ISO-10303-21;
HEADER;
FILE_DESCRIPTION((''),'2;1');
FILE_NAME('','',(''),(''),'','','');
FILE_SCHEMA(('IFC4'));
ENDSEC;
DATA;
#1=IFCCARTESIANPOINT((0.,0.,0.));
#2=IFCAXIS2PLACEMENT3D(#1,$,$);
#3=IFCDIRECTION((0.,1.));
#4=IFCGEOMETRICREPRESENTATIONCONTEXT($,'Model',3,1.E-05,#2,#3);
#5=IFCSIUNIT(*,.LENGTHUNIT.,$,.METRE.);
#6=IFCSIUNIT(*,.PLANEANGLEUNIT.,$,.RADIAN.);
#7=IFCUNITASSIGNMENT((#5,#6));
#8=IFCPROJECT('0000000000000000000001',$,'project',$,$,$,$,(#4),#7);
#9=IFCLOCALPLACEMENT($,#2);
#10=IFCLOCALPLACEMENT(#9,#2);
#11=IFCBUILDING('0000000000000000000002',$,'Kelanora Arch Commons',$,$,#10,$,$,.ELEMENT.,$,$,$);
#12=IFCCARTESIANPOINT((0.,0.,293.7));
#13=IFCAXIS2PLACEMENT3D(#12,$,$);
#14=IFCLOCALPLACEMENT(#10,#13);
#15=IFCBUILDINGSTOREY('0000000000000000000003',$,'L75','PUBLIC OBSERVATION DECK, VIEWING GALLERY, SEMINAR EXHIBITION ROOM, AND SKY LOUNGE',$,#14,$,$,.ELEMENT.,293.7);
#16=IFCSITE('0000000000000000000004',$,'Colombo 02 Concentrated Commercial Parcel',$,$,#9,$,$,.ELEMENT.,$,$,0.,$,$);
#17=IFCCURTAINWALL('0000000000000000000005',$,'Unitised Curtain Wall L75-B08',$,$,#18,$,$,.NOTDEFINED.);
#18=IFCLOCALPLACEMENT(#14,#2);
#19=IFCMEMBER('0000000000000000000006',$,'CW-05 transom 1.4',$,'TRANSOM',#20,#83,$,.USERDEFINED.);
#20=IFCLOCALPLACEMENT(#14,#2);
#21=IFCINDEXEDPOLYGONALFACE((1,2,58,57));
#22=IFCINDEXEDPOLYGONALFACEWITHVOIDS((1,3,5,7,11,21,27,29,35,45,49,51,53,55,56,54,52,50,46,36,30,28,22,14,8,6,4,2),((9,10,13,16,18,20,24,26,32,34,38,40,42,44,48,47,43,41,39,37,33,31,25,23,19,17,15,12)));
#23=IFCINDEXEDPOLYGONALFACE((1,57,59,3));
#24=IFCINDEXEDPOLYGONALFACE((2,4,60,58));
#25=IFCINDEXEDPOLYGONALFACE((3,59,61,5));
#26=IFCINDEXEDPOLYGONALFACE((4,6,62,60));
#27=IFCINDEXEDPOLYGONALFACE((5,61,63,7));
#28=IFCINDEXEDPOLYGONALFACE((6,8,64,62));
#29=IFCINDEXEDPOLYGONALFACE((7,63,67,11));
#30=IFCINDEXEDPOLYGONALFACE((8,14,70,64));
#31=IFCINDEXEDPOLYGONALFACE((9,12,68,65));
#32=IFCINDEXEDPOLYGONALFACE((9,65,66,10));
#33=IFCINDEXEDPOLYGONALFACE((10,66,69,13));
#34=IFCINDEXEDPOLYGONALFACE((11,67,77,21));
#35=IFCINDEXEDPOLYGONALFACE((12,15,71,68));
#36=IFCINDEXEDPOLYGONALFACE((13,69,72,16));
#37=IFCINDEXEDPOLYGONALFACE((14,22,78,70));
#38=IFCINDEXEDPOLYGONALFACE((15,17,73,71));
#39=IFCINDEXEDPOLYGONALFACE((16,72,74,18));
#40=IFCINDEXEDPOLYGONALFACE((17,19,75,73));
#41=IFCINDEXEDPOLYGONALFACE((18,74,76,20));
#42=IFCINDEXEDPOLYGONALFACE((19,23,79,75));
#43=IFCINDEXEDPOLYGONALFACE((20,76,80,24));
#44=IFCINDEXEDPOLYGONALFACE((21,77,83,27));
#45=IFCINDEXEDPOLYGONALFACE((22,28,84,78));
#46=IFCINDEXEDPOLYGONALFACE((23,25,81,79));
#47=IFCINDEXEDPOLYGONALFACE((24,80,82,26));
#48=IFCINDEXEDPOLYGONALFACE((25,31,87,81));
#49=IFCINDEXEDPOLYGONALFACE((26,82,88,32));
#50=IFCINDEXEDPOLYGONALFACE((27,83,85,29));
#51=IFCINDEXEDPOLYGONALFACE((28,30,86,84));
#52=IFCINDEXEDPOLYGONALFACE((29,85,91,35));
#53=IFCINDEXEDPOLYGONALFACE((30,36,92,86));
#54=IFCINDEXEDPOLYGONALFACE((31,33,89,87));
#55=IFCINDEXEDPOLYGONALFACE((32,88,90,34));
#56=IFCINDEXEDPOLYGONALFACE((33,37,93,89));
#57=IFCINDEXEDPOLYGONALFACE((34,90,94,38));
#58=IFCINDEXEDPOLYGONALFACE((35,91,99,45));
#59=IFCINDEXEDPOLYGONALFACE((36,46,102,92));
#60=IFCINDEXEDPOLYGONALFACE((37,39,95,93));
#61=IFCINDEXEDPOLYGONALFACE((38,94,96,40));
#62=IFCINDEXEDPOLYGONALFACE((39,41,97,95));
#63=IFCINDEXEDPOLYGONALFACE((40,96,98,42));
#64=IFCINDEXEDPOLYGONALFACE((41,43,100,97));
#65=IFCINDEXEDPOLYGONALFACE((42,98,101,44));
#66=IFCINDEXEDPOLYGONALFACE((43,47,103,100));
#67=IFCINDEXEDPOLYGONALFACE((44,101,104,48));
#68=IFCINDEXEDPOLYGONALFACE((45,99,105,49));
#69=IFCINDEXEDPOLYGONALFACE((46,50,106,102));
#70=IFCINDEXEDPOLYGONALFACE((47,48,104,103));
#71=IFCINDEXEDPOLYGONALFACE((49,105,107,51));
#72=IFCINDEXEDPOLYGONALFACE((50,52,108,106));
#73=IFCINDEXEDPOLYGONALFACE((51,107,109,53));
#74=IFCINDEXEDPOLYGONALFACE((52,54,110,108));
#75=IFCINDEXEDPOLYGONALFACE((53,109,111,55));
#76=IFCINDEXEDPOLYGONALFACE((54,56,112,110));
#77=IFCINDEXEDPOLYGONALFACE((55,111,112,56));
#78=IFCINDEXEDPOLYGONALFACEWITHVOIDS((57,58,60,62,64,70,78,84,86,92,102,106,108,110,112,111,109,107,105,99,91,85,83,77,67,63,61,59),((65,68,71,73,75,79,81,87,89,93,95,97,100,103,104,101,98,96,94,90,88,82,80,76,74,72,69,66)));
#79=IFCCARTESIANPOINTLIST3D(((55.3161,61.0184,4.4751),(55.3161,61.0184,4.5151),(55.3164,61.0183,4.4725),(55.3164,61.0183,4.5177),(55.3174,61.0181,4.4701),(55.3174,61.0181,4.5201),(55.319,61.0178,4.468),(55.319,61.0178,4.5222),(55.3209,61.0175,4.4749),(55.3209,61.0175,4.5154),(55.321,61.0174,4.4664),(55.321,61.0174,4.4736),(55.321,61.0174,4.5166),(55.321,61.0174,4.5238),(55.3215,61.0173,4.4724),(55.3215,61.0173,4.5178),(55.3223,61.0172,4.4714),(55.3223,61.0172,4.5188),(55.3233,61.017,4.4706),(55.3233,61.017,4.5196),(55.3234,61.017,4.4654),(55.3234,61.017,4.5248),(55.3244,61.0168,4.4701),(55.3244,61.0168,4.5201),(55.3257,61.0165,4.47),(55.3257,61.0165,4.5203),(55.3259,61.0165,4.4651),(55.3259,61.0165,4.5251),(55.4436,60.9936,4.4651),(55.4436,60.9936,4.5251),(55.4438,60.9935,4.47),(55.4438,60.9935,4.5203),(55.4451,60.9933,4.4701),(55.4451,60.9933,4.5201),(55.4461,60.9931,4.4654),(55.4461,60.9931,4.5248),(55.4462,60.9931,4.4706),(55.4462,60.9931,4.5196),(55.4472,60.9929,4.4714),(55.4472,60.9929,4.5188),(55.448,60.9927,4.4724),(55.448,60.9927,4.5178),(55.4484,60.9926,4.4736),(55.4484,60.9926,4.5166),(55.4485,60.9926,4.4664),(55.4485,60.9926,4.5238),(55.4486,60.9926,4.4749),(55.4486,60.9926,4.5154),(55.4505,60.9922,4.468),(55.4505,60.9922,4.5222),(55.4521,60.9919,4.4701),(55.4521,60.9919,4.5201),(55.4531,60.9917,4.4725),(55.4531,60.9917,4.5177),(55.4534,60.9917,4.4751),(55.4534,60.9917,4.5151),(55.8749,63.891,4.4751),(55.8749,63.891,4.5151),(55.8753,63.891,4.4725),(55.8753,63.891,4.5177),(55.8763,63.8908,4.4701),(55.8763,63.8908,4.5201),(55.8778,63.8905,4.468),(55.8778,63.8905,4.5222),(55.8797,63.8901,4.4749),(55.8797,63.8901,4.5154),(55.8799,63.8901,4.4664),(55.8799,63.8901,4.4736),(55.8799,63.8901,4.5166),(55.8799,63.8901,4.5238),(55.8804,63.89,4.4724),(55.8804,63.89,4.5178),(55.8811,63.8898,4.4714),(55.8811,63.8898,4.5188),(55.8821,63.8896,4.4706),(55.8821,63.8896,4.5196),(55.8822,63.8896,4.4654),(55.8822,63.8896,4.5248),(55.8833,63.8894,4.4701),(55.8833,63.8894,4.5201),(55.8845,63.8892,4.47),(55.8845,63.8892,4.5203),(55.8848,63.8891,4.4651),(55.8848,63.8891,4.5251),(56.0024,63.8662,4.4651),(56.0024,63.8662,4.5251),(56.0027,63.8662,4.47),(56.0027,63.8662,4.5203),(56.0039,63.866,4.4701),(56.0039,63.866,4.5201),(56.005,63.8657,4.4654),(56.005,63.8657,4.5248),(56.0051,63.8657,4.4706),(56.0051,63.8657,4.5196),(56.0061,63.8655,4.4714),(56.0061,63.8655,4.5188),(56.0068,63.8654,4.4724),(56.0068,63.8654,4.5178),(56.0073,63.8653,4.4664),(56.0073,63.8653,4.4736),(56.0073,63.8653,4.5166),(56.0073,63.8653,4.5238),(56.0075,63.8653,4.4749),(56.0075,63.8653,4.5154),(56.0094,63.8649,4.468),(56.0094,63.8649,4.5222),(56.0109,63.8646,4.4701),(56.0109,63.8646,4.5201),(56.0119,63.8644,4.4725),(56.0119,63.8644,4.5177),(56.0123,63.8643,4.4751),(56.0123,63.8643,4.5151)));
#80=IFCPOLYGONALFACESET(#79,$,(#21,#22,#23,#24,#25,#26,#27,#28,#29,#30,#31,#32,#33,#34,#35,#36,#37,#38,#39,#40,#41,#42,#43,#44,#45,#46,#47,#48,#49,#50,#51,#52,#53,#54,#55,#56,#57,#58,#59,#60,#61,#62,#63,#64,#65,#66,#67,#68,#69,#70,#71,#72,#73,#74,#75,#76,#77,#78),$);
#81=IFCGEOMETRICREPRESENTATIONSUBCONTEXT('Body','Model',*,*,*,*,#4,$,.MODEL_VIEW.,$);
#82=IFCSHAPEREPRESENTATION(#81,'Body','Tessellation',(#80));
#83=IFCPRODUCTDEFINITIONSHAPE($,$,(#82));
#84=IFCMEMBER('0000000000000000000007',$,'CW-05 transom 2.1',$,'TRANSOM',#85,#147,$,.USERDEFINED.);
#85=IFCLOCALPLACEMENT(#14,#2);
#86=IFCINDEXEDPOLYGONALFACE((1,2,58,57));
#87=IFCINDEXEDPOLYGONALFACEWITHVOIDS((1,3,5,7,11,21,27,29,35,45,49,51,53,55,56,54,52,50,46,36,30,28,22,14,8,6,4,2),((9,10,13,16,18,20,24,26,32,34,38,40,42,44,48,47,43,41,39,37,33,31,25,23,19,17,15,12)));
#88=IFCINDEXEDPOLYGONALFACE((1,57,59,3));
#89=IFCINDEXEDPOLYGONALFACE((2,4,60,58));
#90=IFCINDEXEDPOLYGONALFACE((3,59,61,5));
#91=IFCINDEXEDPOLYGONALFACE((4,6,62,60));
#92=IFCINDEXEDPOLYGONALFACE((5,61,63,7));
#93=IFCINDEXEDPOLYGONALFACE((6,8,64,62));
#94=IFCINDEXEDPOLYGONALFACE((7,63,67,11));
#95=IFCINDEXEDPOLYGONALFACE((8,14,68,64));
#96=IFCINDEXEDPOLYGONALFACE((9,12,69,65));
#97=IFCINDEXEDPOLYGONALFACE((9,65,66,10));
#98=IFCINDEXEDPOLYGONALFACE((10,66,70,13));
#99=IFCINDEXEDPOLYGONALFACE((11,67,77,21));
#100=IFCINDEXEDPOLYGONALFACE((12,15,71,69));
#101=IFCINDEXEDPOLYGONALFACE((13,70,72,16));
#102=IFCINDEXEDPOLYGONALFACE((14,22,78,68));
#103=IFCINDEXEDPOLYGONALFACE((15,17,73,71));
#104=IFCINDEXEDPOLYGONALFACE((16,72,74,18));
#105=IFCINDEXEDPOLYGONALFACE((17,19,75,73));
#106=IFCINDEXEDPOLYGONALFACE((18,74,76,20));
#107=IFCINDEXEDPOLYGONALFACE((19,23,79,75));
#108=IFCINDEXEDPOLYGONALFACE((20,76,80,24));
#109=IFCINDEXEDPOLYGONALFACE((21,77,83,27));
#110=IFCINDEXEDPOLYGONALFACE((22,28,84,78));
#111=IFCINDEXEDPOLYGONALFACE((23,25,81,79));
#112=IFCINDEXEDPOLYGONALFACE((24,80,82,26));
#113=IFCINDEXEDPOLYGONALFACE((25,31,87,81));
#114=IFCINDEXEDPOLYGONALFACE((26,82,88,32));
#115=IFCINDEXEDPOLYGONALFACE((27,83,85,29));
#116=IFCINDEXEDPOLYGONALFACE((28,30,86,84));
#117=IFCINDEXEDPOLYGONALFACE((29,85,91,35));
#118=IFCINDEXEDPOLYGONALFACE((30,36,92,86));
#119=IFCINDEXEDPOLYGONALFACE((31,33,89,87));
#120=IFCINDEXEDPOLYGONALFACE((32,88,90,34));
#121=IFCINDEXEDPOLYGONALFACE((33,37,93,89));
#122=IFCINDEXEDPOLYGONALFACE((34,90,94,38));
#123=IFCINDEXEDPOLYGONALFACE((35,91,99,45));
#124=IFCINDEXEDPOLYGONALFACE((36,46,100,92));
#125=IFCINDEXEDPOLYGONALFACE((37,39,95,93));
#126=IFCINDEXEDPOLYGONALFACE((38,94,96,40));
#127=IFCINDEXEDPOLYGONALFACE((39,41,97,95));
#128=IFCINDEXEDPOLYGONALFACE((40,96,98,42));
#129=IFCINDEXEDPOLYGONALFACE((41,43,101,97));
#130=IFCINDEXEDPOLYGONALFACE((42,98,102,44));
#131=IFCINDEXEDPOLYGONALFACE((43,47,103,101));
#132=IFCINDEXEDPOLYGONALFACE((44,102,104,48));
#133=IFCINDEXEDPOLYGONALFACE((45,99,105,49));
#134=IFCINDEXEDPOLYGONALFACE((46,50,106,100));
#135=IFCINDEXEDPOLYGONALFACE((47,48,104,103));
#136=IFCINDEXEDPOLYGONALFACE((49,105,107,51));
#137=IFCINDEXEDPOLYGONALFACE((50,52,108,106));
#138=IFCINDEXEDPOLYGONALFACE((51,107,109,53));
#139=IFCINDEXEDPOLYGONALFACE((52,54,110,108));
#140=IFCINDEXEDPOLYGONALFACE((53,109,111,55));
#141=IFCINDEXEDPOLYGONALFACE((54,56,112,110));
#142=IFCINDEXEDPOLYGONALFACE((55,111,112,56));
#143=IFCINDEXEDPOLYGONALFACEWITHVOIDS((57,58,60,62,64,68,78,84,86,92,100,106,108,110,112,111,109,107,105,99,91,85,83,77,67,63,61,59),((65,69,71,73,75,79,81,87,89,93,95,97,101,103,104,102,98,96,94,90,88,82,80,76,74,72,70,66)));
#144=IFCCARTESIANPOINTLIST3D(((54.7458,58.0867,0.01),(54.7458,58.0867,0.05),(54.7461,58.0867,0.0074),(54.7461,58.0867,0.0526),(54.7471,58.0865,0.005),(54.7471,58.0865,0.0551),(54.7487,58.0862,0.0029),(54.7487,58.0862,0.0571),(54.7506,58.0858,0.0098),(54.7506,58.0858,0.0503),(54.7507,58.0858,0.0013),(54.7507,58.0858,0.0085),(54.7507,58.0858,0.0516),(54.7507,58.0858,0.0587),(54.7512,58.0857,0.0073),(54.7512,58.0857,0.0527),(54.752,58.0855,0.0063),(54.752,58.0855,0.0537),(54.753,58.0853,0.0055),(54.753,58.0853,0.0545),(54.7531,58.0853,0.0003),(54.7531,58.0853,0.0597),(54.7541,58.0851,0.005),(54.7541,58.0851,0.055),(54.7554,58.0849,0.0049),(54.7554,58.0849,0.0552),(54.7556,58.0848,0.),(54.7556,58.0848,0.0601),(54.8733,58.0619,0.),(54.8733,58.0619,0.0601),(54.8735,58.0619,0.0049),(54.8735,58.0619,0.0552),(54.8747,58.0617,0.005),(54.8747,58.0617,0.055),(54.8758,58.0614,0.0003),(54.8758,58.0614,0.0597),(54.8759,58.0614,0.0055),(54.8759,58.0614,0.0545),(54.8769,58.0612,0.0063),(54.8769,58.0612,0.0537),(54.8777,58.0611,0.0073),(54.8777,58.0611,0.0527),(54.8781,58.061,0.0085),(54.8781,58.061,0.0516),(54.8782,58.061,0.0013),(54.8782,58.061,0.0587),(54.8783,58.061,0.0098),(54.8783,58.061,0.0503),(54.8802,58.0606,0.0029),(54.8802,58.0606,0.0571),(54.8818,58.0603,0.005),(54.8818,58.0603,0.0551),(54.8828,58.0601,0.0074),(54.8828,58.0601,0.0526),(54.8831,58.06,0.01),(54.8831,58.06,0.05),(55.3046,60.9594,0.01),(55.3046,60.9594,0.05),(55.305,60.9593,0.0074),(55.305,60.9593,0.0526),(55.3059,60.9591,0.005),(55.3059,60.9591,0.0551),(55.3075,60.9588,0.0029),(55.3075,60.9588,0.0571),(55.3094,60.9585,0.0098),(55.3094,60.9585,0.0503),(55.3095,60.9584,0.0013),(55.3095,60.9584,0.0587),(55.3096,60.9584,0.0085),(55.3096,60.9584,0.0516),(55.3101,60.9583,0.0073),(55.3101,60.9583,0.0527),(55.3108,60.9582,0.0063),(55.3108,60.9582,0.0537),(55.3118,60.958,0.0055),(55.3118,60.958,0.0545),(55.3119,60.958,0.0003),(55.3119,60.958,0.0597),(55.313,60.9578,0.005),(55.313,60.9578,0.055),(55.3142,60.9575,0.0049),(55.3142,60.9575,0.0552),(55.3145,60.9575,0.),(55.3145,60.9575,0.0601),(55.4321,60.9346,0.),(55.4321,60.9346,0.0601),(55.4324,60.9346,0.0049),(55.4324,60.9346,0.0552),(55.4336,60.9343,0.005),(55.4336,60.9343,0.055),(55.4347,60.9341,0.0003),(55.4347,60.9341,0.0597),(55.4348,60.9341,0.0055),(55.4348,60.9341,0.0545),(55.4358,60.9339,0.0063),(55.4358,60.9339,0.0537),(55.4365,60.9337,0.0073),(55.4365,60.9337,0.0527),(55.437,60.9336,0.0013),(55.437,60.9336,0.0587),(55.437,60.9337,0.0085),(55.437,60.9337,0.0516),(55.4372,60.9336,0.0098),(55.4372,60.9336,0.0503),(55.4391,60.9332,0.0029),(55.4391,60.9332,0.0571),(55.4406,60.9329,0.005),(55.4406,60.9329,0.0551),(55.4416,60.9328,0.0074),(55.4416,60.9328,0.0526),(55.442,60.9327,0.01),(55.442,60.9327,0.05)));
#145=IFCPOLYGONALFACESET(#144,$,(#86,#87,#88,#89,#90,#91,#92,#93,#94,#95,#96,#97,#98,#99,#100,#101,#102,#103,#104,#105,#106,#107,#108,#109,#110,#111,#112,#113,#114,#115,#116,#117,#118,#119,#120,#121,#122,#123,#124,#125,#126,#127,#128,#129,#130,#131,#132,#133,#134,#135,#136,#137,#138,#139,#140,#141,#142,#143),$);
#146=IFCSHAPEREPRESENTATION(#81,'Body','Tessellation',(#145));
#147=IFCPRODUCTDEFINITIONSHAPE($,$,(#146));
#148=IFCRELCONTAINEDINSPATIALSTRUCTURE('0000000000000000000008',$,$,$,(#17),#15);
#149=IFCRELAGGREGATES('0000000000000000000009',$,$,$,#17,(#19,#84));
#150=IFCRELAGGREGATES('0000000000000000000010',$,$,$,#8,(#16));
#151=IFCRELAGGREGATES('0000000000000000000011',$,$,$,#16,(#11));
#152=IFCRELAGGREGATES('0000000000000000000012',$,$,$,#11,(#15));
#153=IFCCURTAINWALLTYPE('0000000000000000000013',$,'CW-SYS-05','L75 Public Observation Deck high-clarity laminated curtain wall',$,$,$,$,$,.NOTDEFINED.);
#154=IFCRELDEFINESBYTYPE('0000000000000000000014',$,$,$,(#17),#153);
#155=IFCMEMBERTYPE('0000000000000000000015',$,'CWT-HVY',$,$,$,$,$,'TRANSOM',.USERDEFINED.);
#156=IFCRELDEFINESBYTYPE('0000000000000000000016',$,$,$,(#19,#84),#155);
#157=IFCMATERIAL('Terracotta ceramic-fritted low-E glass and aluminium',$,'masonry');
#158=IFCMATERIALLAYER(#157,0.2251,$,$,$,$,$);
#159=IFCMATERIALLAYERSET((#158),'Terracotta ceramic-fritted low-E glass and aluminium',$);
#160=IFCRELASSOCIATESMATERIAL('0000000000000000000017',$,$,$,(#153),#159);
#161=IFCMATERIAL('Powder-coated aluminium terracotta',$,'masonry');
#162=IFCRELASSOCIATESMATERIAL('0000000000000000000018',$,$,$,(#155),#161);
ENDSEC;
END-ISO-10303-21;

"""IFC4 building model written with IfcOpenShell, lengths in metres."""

from ifc_helpers import new_model, si_unit, direction, frame, origin, origin_2d, place, context, subcontext, project, spatial, hollow_rectangle, extrude, material, layer, layer_set, material_profile, profile_set, type_object, element, aggregate, save


model = new_model("IFC4")

# Units and contexts
model_context = context("Model", 3, precision=1e-05, world=origin(), true_north=direction((0.0, 1.0)))
body_context = subcontext(model_context, "Body", "Model", "MODEL_VIEW")
ifc_project = project(units=[si_unit("LENGTHUNIT", "METRE"), si_unit("PLANEANGLEUNIT", "RADIAN")], contexts=[model_context])

# Site, building, storey
site_placement = place(None, origin())
site = spatial("IfcSite", under=ifc_project, at=site_placement, Name="Colombo 02 Concentrated Commercial Parcel", CompositionType="ELEMENT", RefElevation=0.0)
building_placement = place(site_placement, origin())
building = spatial("IfcBuilding", under=site, at=building_placement, Name="Kelanora Arch Commons", CompositionType="ELEMENT")
storey_placement = place(building_placement, frame((0.0, 0.0, 293.7)))
storey = spatial("IfcBuildingStorey", under=building, at=storey_placement, Name="L75", Description="PUBLIC OBSERVATION DECK, VIEWING GALLERY, SEMINAR EXHIBITION ROOM, AND SKY LOUNGE", CompositionType="ELEMENT", Elevation=293.7)

# Shared definitions
ifc_material_1 = material(Name="Terracotta ceramic-fritted low-E glass and aluminium", Category="masonry")
ifc_layer_1 = layer(ifc_material_1, 0.2251)
ifc_layer_set_1 = layer_set([ifc_layer_1], Name="Terracotta ceramic-fritted low-E glass and aluminium")
curtain_wall_type = type_object("IfcCurtainWallType", Name="CW-SYS-05", Description="L75 Public Observation Deck high-clarity laminated curtain wall", PredefinedType="NOTDEFINED", material=ifc_layer_set_1)
ifc_material_2 = material(Name="Powder-coated aluminium terracotta", Category="masonry")

# Curtain wall
curtain_wall_1_placement = place(storey_placement, origin())
curtain_wall_1 = element("IfcCurtainWall", 1, at=curtain_wall_1_placement, inside=storey, type_object=curtain_wall_type, Name="Unitised Curtain Wall L75-B08", PredefinedType="NOTDEFINED")

# Members
ifc_material_profile_1 = material_profile(ifc_material_2, hollow_rectangle(XDim=0.1399, YDim=0.0601, WallThickness=0.0049, InnerFilletRadius=0.0049, OuterFilletRadius=0.01, at=origin_2d()), Name="CWT140x60")
ifc_profile_set_1 = profile_set([ifc_material_profile_1], Name="Powder-coated aluminium terracotta")
member_type_1 = type_object("IfcMemberType", Name="CWT-HVY", ElementType="TRANSOM", PredefinedType="USERDEFINED", material=ifc_profile_set_1)
member_1_placement = place(storey_placement, frame((55.9436, 63.8777, 4.4951), z_axis=(-0.190963, -0.981597, 0.0), x_axis=(0.981597, -0.190963, 0.0)))
member_1 = element("IfcMember", 2, at=member_1_placement, type_object=member_type_1, Name="CW-05 transom 1.4", ObjectType="TRANSOM", PredefinedType="USERDEFINED", context=body_context, shape_type="SweptSolid", body=[
    extrude(hollow_rectangle(XDim=0.1399, YDim=0.0601, WallThickness=0.0049, InnerFilletRadius=0.0049, OuterFilletRadius=0.01, at=origin_2d()), origin(), (0.0, 0.0, 1.0), 2.9265),
])
member_2_placement = place(storey_placement, frame((55.3733, 60.946, 0.03), z_axis=(-0.190963, -0.981597, 0.0), x_axis=(0.981597, -0.190963, 0.0)))
member_2 = element("IfcMember", 3, at=member_2_placement, type_object=member_type_1, Name="CW-05 transom 2.1", ObjectType="TRANSOM", PredefinedType="USERDEFINED", context=body_context, shape_type="SweptSolid", body=[
    extrude(hollow_rectangle(XDim=0.1399, YDim=0.0601, WallThickness=0.0049, InnerFilletRadius=0.0049, OuterFilletRadius=0.01, at=origin_2d()), origin(), (0.0, 0.0, 1.0), 2.9265),
])

aggregate(curtain_wall_1, [member_1, member_2])

save(model, "model.ifc")
